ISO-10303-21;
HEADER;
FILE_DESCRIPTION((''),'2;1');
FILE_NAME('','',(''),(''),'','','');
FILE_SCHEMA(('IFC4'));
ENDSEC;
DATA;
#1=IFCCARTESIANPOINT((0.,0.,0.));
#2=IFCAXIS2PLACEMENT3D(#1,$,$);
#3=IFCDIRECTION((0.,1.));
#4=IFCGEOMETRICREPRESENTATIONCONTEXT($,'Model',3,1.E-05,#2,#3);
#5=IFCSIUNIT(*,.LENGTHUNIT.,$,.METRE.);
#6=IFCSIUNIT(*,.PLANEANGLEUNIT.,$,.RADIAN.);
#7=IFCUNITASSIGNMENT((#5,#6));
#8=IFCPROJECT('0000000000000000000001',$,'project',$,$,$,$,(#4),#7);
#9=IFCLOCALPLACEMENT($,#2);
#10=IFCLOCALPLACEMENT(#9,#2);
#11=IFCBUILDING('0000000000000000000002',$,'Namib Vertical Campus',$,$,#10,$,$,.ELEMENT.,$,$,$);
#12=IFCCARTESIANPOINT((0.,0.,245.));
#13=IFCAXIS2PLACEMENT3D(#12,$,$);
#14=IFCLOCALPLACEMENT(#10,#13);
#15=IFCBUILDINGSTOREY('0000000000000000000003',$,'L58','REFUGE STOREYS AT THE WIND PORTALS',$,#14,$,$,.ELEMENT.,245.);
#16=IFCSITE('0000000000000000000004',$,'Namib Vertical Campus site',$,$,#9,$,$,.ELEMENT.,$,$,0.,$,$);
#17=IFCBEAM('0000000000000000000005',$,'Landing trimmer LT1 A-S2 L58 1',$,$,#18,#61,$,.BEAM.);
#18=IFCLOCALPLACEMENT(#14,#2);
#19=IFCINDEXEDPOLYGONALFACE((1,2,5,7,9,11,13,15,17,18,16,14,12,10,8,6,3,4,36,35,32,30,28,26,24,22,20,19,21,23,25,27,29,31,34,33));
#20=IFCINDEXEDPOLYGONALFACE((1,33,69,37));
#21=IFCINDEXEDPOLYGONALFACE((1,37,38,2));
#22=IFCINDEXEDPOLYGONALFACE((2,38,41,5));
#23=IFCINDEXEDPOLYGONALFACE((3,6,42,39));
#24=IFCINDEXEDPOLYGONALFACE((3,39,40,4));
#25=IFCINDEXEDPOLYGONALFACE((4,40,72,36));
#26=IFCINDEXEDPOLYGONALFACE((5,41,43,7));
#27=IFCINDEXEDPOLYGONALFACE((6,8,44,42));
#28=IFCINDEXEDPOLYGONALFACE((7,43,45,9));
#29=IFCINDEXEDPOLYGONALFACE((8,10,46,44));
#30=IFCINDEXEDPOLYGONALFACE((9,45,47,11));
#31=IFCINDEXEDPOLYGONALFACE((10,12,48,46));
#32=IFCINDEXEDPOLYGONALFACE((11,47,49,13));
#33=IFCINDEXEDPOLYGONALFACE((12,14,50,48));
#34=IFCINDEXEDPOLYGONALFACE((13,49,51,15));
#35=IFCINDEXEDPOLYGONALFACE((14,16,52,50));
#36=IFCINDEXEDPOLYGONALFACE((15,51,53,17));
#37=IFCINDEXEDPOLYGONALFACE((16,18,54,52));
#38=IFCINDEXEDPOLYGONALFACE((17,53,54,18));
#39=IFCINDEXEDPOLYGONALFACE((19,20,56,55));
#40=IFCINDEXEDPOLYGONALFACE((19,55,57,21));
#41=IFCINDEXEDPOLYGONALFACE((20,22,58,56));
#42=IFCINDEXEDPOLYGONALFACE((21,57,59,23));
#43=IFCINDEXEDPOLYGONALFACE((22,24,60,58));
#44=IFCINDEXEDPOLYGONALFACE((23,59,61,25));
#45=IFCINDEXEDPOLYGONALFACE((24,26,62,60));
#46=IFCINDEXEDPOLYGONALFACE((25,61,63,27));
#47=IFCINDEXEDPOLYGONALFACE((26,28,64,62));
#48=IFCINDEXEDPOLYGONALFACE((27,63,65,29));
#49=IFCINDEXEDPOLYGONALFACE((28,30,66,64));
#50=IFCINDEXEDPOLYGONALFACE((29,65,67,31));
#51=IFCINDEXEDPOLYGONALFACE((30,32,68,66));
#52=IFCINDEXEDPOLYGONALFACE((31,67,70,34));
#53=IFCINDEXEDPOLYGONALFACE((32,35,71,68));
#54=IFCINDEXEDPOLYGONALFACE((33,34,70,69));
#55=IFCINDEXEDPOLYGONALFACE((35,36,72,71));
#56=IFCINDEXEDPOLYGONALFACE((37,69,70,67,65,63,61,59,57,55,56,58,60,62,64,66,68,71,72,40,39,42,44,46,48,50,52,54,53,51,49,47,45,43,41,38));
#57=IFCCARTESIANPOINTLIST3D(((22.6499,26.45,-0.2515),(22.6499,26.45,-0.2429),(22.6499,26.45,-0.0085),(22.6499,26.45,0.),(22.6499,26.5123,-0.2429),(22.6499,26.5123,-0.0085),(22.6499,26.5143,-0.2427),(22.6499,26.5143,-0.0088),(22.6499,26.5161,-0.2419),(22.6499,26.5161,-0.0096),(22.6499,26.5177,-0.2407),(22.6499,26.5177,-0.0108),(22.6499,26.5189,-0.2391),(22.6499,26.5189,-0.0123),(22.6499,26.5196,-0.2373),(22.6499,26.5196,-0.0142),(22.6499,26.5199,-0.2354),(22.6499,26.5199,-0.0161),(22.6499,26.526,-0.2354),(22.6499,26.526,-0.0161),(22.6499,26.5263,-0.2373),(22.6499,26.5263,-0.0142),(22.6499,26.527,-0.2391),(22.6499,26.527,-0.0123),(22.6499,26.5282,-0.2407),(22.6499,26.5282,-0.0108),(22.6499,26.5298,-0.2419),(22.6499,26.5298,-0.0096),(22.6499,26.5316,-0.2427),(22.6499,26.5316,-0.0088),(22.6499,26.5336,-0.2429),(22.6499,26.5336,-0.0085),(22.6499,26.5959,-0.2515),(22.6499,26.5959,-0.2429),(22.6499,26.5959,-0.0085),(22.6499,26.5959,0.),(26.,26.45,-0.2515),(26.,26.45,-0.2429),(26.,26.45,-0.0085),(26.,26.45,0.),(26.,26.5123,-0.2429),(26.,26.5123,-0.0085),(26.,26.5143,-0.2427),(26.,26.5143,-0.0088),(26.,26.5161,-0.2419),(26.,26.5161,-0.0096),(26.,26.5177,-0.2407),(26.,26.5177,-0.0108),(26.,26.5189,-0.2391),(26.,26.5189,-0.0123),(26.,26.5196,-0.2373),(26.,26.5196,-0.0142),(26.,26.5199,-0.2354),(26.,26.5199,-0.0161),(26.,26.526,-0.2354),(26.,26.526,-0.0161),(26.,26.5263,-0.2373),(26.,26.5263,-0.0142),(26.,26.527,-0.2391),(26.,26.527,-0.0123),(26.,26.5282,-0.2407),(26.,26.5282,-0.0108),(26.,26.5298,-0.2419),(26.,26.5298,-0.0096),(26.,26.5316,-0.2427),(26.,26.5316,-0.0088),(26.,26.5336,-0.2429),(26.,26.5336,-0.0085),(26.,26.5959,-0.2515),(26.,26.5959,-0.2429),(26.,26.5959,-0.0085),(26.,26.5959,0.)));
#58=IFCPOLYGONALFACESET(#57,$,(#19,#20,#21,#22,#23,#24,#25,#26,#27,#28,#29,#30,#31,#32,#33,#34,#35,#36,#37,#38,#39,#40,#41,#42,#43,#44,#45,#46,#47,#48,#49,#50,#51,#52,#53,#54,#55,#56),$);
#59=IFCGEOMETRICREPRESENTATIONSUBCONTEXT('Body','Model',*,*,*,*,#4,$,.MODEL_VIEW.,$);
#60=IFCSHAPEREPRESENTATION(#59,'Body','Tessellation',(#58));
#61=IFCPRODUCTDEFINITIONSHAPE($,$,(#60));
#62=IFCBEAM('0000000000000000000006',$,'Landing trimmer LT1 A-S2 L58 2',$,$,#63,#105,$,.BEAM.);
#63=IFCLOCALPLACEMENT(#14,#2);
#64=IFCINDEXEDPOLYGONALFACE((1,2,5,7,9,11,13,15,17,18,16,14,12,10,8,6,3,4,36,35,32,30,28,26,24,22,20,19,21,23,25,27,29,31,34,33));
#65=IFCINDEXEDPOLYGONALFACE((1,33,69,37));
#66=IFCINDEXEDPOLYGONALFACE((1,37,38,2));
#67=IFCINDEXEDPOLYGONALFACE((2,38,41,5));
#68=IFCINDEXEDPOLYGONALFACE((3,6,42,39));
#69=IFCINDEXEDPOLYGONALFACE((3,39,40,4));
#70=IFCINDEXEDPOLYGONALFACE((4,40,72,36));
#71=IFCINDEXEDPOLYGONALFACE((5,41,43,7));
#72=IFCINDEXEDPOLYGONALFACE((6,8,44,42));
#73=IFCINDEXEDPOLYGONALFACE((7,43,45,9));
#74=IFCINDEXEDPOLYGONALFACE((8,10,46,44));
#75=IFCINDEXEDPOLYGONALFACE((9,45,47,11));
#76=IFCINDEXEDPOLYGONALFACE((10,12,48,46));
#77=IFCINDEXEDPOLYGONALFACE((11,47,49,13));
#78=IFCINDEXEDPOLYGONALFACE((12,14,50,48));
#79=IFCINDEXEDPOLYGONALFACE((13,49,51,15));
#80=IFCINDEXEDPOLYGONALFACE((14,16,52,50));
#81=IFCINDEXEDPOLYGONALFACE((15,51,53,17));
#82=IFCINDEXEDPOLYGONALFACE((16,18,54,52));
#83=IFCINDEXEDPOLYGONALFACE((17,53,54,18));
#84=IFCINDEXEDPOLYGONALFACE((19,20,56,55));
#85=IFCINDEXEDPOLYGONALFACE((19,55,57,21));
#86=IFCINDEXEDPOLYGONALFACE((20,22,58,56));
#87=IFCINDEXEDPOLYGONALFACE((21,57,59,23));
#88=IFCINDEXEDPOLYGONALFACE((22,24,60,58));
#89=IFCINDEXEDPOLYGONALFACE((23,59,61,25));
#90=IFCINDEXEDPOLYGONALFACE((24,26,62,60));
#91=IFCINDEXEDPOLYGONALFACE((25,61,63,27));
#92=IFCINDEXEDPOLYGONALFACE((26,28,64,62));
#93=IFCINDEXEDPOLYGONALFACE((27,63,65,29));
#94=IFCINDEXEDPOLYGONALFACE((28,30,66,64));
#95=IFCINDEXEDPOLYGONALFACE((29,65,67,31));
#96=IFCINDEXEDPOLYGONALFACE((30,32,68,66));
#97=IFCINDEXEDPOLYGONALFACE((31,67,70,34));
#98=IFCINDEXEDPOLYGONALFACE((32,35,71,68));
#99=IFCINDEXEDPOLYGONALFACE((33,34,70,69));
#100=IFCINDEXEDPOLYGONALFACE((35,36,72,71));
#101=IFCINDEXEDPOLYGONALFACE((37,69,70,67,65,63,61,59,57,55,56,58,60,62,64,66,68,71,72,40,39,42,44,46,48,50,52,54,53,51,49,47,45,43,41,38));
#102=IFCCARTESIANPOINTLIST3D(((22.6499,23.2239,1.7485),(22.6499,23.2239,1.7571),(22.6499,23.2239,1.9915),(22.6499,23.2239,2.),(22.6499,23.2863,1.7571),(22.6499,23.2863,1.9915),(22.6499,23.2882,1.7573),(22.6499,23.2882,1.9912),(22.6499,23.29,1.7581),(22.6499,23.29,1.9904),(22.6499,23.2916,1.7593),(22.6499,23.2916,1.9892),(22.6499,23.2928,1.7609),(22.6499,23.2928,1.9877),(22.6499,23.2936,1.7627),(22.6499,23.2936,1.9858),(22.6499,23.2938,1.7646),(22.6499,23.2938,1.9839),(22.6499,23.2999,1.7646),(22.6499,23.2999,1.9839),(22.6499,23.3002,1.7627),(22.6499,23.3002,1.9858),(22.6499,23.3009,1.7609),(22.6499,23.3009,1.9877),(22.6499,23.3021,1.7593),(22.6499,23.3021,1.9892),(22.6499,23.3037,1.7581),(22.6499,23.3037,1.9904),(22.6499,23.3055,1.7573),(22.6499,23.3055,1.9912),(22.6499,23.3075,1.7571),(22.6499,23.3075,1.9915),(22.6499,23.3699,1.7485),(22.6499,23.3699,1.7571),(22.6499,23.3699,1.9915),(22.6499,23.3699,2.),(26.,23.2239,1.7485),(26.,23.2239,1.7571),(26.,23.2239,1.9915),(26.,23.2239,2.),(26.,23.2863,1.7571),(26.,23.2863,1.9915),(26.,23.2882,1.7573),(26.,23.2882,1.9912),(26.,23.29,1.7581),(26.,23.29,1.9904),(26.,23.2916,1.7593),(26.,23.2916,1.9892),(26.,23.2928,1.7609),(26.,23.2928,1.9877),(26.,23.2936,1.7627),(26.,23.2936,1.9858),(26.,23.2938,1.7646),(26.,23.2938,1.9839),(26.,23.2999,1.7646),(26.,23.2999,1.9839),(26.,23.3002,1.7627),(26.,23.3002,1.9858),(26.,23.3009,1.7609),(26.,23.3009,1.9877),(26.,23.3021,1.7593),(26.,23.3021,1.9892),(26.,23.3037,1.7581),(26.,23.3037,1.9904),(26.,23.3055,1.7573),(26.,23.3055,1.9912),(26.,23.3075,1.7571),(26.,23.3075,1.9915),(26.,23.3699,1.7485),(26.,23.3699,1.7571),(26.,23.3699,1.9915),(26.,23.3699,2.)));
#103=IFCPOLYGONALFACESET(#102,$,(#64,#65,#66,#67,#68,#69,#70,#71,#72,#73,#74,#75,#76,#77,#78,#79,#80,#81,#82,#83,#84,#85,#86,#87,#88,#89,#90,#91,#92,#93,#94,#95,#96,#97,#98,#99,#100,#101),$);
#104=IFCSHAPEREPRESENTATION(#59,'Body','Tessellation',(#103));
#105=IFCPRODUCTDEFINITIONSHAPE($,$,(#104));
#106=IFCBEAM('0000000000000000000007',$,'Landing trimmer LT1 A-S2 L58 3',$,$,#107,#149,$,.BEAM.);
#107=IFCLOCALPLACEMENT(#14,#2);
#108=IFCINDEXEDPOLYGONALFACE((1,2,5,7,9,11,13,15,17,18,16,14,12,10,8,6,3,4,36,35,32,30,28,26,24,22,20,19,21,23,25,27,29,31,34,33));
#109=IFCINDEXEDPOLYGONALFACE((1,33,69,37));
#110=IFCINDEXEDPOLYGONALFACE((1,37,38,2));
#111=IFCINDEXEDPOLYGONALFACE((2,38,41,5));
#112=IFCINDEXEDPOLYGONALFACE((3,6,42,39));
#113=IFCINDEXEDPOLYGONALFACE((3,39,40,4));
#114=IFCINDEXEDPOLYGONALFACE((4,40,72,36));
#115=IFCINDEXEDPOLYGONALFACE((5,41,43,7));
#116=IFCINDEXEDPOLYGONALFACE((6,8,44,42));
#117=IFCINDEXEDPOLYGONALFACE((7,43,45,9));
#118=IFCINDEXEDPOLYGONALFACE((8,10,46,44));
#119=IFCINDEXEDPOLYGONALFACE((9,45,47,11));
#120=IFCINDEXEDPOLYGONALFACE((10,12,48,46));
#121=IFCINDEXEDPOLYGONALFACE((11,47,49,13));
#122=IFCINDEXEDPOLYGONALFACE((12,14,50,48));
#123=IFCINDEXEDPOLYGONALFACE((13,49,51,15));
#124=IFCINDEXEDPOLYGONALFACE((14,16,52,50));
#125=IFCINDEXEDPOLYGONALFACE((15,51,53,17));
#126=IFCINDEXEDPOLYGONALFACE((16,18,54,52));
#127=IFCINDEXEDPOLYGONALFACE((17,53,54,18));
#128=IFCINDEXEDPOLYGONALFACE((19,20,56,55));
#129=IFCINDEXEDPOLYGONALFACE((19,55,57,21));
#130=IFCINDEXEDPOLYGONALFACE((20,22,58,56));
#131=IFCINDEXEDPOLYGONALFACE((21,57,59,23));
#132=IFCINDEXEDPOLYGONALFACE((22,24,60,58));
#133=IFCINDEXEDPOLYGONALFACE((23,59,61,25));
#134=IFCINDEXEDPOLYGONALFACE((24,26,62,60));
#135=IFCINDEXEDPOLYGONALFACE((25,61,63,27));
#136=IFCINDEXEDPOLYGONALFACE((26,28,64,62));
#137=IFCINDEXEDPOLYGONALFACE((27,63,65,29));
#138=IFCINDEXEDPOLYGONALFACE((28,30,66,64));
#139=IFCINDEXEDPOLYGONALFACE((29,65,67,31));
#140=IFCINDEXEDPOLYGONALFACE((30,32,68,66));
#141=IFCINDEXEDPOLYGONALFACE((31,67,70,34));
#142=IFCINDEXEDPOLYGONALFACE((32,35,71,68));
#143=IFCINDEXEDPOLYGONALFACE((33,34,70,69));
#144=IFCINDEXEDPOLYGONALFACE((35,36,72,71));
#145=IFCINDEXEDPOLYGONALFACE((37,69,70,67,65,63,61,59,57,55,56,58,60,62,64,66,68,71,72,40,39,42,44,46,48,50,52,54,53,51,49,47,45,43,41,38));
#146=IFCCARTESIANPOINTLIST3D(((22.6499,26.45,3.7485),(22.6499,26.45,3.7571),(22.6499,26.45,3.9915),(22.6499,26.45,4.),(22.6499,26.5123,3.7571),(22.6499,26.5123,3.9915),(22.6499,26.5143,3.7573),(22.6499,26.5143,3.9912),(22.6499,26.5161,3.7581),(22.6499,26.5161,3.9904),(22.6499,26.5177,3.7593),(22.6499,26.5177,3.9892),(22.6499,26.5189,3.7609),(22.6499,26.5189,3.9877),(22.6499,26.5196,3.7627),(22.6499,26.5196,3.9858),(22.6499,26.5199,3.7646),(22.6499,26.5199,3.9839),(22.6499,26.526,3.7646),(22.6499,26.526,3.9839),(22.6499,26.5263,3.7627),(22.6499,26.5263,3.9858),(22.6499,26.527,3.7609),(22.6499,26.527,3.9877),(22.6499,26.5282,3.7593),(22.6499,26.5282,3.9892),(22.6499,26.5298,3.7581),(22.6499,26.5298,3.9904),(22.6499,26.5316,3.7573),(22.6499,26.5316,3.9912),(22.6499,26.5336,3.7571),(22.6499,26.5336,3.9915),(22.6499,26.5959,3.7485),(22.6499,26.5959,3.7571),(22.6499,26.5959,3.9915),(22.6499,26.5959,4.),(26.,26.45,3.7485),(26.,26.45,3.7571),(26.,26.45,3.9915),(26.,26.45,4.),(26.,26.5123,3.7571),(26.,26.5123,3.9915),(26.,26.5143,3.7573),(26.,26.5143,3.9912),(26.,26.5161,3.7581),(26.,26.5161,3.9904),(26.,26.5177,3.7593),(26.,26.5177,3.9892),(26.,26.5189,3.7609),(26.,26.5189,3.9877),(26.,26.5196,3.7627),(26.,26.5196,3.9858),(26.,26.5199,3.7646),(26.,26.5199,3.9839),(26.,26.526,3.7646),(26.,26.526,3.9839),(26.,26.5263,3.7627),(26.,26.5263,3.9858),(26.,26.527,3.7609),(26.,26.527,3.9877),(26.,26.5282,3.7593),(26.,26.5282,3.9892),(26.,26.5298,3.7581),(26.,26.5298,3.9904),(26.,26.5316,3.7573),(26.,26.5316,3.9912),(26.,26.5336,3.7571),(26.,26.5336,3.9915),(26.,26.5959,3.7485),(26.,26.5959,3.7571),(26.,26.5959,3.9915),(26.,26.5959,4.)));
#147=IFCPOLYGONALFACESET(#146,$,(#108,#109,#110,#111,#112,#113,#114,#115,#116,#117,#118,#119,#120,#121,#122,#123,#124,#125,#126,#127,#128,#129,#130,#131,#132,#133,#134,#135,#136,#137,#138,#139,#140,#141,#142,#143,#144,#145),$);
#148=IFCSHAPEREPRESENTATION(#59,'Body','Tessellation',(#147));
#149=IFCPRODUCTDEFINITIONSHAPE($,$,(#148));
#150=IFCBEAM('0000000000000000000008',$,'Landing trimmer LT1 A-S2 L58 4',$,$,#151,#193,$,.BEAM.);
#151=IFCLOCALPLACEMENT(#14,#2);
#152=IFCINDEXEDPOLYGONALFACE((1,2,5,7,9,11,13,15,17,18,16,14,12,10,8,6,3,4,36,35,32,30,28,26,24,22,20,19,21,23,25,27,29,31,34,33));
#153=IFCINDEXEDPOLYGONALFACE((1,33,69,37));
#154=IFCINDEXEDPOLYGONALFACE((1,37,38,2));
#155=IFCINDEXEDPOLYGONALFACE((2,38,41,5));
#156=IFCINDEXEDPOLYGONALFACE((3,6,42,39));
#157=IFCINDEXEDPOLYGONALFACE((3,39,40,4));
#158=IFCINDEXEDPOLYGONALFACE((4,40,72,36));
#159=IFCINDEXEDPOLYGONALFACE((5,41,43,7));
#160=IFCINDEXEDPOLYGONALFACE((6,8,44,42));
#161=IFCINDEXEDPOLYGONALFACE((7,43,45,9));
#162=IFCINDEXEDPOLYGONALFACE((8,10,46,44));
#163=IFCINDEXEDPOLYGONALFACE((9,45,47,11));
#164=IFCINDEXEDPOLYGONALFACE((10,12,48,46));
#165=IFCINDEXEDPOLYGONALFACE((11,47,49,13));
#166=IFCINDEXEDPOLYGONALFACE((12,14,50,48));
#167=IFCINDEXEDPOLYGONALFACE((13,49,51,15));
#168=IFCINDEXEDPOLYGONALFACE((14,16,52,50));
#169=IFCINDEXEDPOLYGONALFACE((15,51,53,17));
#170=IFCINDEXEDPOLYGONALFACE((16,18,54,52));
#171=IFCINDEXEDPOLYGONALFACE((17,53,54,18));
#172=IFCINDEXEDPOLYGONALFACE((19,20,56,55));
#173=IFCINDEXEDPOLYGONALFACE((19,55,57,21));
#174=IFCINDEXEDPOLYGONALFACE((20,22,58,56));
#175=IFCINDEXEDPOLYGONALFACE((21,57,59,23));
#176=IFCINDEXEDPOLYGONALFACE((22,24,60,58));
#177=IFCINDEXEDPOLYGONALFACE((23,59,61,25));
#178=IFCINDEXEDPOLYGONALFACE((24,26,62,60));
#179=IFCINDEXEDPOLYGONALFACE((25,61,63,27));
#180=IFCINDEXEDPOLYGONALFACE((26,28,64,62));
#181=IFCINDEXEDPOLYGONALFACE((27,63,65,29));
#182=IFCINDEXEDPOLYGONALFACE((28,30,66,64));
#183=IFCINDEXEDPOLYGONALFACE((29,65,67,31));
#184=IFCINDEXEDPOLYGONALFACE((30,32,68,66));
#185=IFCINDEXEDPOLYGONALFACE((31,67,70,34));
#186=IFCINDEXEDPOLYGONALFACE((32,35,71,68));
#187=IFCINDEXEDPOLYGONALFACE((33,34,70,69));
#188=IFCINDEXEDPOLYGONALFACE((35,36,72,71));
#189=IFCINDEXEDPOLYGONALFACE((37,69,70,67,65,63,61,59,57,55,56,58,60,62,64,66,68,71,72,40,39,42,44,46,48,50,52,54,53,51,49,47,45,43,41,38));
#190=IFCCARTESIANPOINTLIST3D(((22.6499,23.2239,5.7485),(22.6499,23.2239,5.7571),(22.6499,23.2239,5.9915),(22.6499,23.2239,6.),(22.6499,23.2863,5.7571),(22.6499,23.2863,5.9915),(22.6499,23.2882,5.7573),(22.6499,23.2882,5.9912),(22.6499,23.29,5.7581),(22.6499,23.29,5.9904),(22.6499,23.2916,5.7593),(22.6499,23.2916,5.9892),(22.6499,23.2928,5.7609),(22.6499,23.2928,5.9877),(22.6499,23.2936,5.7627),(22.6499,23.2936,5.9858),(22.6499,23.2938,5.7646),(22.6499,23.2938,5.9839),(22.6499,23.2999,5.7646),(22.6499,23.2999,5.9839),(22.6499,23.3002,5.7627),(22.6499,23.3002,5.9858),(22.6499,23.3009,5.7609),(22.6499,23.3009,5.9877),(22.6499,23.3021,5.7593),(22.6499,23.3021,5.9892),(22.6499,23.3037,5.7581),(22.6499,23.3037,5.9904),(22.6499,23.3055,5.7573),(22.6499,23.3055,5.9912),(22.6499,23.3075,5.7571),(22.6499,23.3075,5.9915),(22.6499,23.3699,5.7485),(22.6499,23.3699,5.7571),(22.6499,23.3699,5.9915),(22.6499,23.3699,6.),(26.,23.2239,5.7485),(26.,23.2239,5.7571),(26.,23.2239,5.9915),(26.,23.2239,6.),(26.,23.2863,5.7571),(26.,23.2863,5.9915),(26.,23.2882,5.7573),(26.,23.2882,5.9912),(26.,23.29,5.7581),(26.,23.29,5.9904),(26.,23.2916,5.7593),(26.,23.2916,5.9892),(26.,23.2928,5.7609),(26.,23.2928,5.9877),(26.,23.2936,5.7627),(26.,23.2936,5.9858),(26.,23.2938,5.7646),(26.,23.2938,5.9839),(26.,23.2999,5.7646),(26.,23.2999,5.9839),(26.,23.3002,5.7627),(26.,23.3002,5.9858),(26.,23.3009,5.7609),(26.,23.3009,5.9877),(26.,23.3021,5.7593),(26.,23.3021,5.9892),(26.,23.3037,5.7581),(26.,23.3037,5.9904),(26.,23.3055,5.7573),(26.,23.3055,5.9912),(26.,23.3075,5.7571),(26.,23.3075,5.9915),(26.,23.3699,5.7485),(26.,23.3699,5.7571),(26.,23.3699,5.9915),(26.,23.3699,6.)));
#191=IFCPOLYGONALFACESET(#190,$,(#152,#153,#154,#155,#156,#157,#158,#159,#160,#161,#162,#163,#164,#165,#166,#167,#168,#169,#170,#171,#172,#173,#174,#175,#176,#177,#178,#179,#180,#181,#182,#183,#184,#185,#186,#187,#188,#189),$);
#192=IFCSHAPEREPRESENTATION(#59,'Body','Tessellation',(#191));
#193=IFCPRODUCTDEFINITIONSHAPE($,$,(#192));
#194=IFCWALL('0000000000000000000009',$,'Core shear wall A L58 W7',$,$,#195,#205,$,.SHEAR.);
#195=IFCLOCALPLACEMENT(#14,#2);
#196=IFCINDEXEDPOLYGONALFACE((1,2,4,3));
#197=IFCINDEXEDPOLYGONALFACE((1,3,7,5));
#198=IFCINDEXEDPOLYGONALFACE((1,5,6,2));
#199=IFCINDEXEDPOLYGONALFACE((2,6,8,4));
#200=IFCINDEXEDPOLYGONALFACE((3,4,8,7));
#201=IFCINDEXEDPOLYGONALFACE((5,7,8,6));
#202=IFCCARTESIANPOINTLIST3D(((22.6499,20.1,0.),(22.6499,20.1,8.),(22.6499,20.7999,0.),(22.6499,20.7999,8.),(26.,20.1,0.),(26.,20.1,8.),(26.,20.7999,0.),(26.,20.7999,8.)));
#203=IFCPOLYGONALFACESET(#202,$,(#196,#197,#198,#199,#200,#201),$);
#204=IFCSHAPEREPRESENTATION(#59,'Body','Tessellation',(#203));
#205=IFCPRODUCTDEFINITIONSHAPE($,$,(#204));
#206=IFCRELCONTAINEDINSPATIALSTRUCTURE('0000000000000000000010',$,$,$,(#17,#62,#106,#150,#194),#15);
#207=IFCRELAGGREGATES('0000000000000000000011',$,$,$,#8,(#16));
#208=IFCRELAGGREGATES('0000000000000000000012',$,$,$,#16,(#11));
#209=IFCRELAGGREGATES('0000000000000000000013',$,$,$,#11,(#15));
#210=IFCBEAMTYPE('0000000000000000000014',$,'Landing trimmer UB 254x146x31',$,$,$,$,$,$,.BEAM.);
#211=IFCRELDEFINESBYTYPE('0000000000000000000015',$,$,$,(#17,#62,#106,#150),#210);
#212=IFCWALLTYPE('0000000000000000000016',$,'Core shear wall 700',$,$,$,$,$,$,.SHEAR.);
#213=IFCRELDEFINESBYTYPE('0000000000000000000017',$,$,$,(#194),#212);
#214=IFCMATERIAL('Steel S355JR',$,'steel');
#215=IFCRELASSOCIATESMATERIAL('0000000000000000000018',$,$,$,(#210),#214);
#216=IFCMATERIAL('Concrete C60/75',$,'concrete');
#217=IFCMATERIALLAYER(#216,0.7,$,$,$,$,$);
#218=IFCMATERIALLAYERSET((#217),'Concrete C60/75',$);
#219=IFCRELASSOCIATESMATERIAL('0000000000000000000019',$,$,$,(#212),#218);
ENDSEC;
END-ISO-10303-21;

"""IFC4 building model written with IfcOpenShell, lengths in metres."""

from ifc_helpers import new_model, si_unit, direction, frame, frame_2d, origin, origin_2d, place, context, subcontext, project, spatial, rectangle, i_section, extrude, material, layer, layer_set, material_profile, profile_set, type_object, element, save


model = new_model("IFC4")

# Units and contexts
model_context = context("Model", 3, precision=1e-05, world=origin(), true_north=direction((0.0, 1.0)))
body_context = subcontext(model_context, "Body", "Model", "MODEL_VIEW")
ifc_project = project(units=[si_unit("LENGTHUNIT", "METRE"), si_unit("PLANEANGLEUNIT", "RADIAN")], contexts=[model_context])

# Site, building, storey
site_placement = place(None, origin())
site = spatial("IfcSite", under=ifc_project, at=site_placement, Name="Namib Vertical Campus site", CompositionType="ELEMENT", RefElevation=0.0)
building_placement = place(site_placement, origin())
building = spatial("IfcBuilding", under=site, at=building_placement, Name="Namib Vertical Campus", CompositionType="ELEMENT")
storey_placement = place(building_placement, frame((0.0, 0.0, 245.0)))
storey = spatial("IfcBuildingStorey", under=building, at=storey_placement, Name="L58", Description="REFUGE STOREYS AT THE WIND PORTALS", CompositionType="ELEMENT", Elevation=245.0)

# Beams
ifc_material_1 = material(Name="Steel S355JR", Category="steel")
ifc_material_profile = material_profile(ifc_material_1, i_section(OverallWidth=0.146, OverallDepth=0.2515, WebThickness=0.0061, FlangeThickness=0.0085, FilletRadius=0.0076, at=origin_2d()))
ifc_profile_set = profile_set([ifc_material_profile], Name="Steel S355JR")
beam_type = type_object("IfcBeamType", Name="Landing trimmer UB 254x146x31", PredefinedType="BEAM", material=ifc_profile_set)
for number, where, z_axis, x_axis, name in (
    (1, (22.6499, 26.5229, -0.1257), (1.0, 0.0, 0.0), (0.0, 1.0, 0.0), "Landing trimmer LT1 A-S2 L58 1"),
    (2, (22.6499, 23.2969, 1.8743), (1.0, 0.0, 0.0), (0.0, 1.0, 0.0), "Landing trimmer LT1 A-S2 L58 2"),
    (3, (22.6499, 26.5229, 3.8743), (1.0, 0.0, 0.0), (0.0, 1.0, 0.0), "Landing trimmer LT1 A-S2 L58 3"),
    (4, (22.6499, 23.2969, 5.8743), (1.0, 0.0, 0.0), (0.0, 1.0, 0.0), "Landing trimmer LT1 A-S2 L58 4"),
):
    element("IfcBeam", number, at=place(storey_placement, frame(where, z_axis=z_axis, x_axis=x_axis)), inside=storey, type_object=beam_type, Name=name, PredefinedType="BEAM", context=body_context, shape_type="SweptSolid", body=[
        extrude(i_section(OverallWidth=0.146, OverallDepth=0.2515, WebThickness=0.0061, FlangeThickness=0.0085, FilletRadius=0.0076, at=origin_2d()), origin(), (0.0, 0.0, 1.0), 3.3501),
    ])

# Wall
ifc_material_2 = material(Name="Concrete C60/75", Category="concrete")
ifc_layer_1 = layer(ifc_material_2, 0.7)
ifc_layer_set_1 = layer_set([ifc_layer_1], Name="Concrete C60/75")
wall_type_1 = type_object("IfcWallType", Name="Core shear wall 700", PredefinedType="SHEAR", material=ifc_layer_set_1)
wall_1_placement = place(storey_placement, frame((22.6499, 20.45, 0.0), z_axis=(0.0, 0.0, 1.0), x_axis=(1.0, 0.0, 0.0)))
element("IfcWall", 5, at=wall_1_placement, inside=storey, type_object=wall_type_1, Name="Core shear wall A L58 W7", PredefinedType="SHEAR", context=body_context, shape_type="SweptSolid", body=[
    extrude(rectangle(XDim=3.3501, YDim=0.7, at=frame_2d((1.675, 0.0))), origin(), (0.0, 0.0, 1.0), 8.0),
])

save(model, "model.ifc")
